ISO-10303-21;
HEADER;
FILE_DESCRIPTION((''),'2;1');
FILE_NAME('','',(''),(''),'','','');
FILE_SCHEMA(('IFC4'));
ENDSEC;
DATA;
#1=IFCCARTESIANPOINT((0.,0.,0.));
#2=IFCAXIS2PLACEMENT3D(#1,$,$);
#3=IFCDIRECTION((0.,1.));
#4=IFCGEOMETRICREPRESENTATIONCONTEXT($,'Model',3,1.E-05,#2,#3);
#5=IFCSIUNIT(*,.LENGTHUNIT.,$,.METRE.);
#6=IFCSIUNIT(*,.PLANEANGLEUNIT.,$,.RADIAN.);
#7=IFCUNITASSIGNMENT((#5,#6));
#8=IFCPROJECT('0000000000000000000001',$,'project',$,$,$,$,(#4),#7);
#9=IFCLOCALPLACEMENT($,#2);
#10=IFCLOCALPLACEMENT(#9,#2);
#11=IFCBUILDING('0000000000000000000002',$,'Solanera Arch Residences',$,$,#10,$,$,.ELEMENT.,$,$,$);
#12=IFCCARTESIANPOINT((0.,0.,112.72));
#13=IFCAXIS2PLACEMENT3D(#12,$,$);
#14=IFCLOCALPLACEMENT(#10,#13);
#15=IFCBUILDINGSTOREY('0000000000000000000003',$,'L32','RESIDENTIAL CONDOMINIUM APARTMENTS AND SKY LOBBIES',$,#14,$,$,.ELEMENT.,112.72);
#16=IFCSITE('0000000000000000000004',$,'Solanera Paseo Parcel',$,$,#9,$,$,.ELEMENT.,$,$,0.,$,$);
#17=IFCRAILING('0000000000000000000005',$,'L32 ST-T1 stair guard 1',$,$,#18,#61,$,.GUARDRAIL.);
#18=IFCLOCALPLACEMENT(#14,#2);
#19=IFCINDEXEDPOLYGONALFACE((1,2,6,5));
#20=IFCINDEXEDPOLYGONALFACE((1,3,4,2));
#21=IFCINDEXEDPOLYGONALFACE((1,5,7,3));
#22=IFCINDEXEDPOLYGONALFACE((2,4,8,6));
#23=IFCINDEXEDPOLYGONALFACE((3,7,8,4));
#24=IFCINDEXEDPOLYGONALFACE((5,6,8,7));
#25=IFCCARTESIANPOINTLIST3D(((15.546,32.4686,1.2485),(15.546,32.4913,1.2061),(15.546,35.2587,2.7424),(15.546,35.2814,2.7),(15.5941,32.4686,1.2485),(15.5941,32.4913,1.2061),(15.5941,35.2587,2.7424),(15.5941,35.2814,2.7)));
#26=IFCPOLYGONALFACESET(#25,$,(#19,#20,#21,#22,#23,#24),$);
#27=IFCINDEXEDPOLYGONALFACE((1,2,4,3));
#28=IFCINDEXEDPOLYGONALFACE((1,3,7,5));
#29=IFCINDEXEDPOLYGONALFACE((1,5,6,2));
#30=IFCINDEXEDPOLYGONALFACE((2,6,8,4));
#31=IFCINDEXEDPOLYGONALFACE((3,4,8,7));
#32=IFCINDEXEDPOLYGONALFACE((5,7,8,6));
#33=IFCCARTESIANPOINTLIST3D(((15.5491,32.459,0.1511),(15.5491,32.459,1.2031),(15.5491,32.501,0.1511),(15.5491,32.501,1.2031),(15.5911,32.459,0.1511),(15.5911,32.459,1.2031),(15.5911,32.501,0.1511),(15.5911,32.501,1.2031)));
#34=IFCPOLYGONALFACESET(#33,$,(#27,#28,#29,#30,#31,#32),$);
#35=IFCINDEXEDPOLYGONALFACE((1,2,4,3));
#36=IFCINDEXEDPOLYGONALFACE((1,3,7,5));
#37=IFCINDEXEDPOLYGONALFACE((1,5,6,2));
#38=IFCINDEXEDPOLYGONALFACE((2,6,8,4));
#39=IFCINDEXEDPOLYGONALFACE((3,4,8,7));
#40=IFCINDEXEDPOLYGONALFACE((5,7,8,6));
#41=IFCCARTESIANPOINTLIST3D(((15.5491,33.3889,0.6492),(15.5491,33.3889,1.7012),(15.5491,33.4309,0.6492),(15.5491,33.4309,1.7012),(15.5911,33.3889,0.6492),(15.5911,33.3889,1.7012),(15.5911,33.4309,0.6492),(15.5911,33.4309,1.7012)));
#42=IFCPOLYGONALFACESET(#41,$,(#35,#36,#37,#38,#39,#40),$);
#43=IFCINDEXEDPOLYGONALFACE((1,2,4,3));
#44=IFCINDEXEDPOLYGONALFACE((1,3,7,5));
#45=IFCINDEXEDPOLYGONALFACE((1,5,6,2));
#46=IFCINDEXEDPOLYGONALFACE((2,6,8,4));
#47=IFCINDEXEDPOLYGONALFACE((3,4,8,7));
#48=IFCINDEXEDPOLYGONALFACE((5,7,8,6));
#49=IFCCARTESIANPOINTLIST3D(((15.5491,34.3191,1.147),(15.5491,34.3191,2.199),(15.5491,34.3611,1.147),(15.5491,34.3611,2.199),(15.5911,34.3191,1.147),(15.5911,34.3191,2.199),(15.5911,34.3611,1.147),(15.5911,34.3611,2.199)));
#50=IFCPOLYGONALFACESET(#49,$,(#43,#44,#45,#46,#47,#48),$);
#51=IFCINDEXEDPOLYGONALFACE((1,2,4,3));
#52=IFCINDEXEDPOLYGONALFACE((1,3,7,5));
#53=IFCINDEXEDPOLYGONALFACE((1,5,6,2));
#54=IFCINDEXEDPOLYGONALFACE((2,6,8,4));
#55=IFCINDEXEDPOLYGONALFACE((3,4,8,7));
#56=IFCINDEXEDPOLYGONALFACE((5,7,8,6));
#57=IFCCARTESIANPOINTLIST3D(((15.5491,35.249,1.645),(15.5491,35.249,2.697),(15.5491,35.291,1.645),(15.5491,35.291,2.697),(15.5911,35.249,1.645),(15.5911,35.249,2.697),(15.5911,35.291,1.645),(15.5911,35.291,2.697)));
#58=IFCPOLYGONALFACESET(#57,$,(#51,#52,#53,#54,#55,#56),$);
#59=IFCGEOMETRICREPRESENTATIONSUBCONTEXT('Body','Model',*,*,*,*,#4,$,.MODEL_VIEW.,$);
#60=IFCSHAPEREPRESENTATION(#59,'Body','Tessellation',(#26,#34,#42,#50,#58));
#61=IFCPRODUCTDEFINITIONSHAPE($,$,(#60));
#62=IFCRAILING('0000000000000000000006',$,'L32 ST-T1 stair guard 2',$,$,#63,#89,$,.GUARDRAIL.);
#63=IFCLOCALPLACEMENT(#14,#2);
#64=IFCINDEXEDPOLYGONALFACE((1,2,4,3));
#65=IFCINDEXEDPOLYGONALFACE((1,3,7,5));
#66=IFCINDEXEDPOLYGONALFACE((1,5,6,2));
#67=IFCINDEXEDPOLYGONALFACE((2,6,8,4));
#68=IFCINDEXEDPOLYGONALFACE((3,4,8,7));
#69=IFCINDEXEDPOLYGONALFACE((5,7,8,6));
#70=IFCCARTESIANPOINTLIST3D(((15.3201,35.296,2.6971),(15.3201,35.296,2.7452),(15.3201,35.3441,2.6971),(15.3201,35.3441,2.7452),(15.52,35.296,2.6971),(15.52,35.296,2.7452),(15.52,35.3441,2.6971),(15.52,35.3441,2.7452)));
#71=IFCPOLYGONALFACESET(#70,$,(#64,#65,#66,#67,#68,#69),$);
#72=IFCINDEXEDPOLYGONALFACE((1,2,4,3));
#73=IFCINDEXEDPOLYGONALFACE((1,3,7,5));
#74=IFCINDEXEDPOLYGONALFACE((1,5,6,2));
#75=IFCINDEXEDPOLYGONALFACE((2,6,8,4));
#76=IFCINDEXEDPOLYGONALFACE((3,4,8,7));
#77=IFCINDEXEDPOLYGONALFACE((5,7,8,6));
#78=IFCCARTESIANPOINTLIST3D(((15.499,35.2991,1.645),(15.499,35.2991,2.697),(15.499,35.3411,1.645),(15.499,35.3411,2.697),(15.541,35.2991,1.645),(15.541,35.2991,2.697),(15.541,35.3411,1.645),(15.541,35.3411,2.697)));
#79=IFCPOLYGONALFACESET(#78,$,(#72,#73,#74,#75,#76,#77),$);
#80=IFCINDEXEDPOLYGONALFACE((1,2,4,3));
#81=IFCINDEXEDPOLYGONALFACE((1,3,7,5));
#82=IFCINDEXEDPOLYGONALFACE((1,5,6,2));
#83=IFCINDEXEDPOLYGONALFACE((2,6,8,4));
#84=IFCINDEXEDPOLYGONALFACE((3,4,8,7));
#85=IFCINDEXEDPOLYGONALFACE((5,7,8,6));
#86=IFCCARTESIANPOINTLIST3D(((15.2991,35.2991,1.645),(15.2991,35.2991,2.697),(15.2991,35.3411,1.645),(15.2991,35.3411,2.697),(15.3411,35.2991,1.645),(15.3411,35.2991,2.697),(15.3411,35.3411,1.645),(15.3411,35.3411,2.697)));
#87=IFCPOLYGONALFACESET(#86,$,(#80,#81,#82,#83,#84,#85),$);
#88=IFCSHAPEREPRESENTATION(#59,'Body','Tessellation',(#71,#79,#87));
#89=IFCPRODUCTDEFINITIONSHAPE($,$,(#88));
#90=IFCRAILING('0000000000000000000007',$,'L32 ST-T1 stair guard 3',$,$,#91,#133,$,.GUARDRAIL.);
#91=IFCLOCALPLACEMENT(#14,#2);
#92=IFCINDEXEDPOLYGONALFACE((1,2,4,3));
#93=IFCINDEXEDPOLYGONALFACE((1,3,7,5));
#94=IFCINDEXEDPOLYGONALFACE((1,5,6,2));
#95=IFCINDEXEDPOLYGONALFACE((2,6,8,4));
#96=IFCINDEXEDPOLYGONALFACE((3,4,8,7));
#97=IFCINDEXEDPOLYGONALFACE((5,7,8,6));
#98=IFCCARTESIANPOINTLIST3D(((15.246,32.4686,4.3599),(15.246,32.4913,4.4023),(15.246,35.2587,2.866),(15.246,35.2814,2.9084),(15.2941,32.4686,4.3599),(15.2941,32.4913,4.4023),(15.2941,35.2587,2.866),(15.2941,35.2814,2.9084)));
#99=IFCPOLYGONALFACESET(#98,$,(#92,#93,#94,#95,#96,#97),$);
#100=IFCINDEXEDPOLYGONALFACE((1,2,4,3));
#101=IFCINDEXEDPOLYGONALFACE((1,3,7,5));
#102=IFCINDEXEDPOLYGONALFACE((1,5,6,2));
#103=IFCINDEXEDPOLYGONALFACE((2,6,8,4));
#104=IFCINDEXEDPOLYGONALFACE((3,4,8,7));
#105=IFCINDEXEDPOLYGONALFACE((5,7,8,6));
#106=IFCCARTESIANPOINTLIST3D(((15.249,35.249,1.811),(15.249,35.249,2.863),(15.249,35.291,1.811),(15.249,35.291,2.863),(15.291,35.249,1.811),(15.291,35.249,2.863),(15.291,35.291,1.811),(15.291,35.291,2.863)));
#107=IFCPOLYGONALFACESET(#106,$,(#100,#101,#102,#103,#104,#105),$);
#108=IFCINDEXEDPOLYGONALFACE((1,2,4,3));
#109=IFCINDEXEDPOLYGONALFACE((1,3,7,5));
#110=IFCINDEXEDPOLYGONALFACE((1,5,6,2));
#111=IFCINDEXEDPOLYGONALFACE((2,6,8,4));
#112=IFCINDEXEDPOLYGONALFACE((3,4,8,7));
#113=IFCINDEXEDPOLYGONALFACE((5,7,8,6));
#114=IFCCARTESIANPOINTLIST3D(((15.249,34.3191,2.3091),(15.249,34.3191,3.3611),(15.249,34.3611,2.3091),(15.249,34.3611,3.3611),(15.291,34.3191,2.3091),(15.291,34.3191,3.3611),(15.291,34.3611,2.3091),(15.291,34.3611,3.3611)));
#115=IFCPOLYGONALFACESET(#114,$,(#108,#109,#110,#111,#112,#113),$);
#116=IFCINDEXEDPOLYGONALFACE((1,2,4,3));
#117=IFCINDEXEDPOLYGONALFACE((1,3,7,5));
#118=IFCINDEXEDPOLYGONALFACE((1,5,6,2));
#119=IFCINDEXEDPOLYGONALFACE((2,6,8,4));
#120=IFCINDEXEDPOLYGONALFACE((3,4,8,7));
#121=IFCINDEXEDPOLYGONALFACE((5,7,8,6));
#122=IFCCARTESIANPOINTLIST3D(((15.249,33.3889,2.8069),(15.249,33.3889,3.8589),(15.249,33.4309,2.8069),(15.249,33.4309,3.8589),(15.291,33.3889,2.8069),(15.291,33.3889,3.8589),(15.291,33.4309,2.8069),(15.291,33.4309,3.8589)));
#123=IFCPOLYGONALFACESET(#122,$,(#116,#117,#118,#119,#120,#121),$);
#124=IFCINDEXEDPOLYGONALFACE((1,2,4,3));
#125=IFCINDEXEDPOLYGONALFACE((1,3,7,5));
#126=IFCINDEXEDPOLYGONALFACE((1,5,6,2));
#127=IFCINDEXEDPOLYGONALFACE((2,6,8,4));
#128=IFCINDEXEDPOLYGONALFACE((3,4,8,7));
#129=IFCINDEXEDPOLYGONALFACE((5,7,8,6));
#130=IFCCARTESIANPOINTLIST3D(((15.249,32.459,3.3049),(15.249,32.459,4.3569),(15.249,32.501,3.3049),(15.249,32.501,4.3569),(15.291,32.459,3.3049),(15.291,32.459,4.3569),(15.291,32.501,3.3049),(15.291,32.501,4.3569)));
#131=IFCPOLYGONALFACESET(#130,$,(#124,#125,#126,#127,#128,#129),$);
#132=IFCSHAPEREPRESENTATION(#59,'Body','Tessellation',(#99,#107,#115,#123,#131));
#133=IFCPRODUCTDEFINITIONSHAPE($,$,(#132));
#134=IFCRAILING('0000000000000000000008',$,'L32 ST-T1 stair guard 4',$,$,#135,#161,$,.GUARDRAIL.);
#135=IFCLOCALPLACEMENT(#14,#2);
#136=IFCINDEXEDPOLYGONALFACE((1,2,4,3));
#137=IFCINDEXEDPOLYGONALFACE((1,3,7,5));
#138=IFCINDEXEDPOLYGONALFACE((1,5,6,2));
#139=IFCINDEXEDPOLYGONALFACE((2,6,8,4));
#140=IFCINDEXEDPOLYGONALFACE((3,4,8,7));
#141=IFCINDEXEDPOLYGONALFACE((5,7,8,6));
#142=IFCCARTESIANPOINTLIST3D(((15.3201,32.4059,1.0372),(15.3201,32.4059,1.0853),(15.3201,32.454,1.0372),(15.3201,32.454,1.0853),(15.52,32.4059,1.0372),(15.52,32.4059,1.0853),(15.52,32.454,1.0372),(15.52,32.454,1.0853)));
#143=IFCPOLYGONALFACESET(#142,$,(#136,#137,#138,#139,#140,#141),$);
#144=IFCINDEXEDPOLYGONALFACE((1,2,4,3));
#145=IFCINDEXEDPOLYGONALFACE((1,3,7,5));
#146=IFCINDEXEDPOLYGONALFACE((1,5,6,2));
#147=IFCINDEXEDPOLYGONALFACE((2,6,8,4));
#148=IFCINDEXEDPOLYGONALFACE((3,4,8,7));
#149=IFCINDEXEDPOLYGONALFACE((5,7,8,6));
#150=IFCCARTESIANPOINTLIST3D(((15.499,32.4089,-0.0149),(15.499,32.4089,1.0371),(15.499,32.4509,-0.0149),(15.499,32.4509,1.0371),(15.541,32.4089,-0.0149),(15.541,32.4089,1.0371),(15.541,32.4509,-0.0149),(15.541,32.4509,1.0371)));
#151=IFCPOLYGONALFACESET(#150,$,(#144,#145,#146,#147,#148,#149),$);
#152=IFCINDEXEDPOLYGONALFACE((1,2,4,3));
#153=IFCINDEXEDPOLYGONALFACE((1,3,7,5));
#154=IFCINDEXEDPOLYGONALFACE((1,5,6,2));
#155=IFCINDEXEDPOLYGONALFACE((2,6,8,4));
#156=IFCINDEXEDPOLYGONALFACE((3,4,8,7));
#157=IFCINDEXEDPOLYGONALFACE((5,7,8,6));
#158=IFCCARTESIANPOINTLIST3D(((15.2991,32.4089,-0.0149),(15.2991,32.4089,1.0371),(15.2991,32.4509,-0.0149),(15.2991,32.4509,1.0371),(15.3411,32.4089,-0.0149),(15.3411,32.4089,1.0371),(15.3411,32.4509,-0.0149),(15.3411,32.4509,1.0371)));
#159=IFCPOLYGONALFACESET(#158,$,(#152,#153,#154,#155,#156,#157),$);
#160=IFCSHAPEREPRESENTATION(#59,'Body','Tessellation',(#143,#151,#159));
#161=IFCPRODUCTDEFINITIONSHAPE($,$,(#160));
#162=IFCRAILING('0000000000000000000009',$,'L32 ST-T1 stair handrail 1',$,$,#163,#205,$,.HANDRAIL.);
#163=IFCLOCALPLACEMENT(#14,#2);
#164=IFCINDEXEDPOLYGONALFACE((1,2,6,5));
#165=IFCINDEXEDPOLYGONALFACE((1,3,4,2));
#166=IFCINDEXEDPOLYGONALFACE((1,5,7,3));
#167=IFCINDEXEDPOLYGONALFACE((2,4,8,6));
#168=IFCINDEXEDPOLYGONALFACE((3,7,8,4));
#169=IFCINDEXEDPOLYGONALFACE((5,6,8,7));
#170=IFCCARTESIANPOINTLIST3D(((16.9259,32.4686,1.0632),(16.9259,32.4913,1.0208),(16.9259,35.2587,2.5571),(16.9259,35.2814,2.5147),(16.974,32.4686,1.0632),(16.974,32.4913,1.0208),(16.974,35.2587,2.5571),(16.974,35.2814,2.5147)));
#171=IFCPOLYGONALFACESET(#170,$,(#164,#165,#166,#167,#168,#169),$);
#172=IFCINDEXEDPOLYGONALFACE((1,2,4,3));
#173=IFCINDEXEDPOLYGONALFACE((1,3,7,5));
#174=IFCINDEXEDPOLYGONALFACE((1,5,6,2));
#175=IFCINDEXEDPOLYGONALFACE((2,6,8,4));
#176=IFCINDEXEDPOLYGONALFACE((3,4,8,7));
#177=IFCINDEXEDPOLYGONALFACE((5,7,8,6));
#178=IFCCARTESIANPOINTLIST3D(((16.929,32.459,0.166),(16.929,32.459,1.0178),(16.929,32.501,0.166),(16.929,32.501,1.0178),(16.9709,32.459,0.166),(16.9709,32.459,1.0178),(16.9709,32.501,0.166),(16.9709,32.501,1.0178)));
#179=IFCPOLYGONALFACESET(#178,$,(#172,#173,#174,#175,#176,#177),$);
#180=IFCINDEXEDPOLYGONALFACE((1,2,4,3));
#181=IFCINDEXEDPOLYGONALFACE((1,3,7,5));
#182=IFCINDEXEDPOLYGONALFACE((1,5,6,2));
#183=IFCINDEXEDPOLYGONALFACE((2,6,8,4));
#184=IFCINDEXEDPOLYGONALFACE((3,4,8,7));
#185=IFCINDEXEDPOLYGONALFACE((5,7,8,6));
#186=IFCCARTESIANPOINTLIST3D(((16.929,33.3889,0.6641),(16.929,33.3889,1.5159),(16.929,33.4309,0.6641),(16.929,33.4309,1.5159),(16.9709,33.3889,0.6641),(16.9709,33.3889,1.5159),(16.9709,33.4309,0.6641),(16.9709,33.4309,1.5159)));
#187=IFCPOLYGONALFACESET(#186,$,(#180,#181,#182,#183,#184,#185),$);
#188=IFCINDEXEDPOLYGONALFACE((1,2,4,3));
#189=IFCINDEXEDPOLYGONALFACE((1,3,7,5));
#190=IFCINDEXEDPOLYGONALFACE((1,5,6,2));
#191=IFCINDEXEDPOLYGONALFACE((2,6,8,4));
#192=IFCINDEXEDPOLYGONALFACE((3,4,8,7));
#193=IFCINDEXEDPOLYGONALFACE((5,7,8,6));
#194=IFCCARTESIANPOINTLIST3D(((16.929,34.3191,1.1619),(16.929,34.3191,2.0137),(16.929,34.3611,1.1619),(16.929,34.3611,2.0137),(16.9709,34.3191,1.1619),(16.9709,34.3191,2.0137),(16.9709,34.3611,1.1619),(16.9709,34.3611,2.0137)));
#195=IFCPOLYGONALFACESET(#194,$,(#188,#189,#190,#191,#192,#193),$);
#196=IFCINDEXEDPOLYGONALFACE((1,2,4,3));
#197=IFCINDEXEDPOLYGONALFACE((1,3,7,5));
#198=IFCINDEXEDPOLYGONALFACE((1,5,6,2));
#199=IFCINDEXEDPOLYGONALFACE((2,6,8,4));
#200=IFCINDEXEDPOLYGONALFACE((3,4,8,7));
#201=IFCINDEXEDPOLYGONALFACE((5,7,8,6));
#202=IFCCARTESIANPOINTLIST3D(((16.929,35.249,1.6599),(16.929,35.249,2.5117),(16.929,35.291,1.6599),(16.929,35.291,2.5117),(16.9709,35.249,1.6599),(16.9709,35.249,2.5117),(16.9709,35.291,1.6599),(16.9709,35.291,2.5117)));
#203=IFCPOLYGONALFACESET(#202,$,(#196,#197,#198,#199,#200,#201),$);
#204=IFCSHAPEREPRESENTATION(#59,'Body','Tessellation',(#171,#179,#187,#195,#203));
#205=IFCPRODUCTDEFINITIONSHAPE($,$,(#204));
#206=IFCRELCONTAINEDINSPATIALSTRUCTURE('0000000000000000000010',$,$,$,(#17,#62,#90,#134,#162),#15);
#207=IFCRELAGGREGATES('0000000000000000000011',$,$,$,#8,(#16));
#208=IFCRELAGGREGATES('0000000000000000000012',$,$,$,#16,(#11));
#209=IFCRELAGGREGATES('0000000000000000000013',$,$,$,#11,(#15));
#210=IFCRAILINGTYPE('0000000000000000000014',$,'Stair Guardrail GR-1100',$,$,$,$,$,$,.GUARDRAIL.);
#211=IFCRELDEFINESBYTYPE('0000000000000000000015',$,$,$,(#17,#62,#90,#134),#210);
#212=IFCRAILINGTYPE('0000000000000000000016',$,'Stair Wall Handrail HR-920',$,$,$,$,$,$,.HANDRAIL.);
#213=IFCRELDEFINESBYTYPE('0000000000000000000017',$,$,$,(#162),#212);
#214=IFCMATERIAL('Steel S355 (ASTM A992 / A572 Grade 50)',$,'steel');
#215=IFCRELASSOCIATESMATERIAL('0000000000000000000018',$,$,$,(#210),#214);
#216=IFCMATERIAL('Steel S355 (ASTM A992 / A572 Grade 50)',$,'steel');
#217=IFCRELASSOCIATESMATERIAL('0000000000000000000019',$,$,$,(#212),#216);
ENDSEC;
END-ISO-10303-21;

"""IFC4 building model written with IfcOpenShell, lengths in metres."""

from ifc_helpers import new_model, si_unit, direction, frame, origin, origin_2d, place, context, subcontext, project, spatial, rectangle, extrude, material, type_object, element, save


model = new_model("IFC4")

# Units and contexts
model_context = context("Model", 3, precision=1e-05, world=origin(), true_north=direction((0.0, 1.0)))
body_context = subcontext(model_context, "Body", "Model", "MODEL_VIEW")
ifc_project = project(units=[si_unit("LENGTHUNIT", "METRE"), si_unit("PLANEANGLEUNIT", "RADIAN")], contexts=[model_context])

# Site, building, storey
site_placement = place(None, origin())
site = spatial("IfcSite", under=ifc_project, at=site_placement, Name="Solanera Paseo Parcel", CompositionType="ELEMENT", RefElevation=0.0)
building_placement = place(site_placement, origin())
building = spatial("IfcBuilding", under=site, at=building_placement, Name="Solanera Arch Residences", CompositionType="ELEMENT")
storey_placement = place(building_placement, frame((0.0, 0.0, 112.72)))
storey = spatial("IfcBuildingStorey", under=building, at=storey_placement, Name="L32", Description="RESIDENTIAL CONDOMINIUM APARTMENTS AND SKY LOBBIES", CompositionType="ELEMENT", Elevation=112.72)

# Railings
ifc_material_1 = material(Name="Steel S355 (ASTM A992 / A572 Grade 50)", Category="steel")
railing_type_1 = type_object("IfcRailingType", Name="Stair Guardrail GR-1100", PredefinedType="GUARDRAIL", material=ifc_material_1)
railing_1_placement = place(storey_placement, frame((15.5701, 32.48, 0.1511)))
element("IfcRailing", 1, at=railing_1_placement, inside=storey, type_object=railing_type_1, Name="L32 ST-T1 stair guard 1", PredefinedType="GUARDRAIL", context=body_context, shape_type="SweptSolid", body=[
    extrude(rectangle(XDim=0.0481, YDim=0.0481, at=origin_2d()), frame((0.0, 0.0, 1.0762), z_axis=(0.0, 0.881581, 0.472033), x_axis=(-1.0, 0.0, 0.0)), (0.0, 0.0, 1.0), 3.1648),
    extrude(rectangle(XDim=0.042, YDim=0.042, at=origin_2d()), origin(), (0.0, 0.0, 1.0), 1.052),
    extrude(rectangle(XDim=0.042, YDim=0.042, at=origin_2d()), frame((0.0, 0.9299, 0.498)), (0.0, 0.0, 1.0), 1.052),
    extrude(rectangle(XDim=0.042, YDim=0.042, at=origin_2d()), frame((0.0, 1.8601, 0.9958)), (0.0, 0.0, 1.0), 1.052),
    extrude(rectangle(XDim=0.042, YDim=0.042, at=origin_2d()), frame((0.0, 2.79, 1.4939)), (0.0, 0.0, 1.0), 1.052),
])
railing_2_placement = place(storey_placement, frame((15.52, 35.3201, 1.645)))
element("IfcRailing", 2, at=railing_2_placement, inside=storey, type_object=railing_type_1, Name="L32 ST-T1 stair guard 2", PredefinedType="GUARDRAIL", context=body_context, shape_type="SweptSolid", body=[
    extrude(rectangle(XDim=0.0481, YDim=0.0481, at=origin_2d()), frame((0.0, 0.0, 1.0762), z_axis=(-1.0, 0.0, 0.0), x_axis=(0.0, -1.0, 0.0)), (0.0, 0.0, 1.0), 0.2),
    extrude(rectangle(XDim=0.042, YDim=0.042, at=origin_2d()), origin(), (0.0, 0.0, 1.0), 1.052),
    extrude(rectangle(XDim=0.042, YDim=0.042, at=origin_2d()), frame((-0.2, 0.0, 0.0)), (0.0, 0.0, 1.0), 1.052),
])
railing_3_placement = place(storey_placement, frame((15.27, 35.27, 1.811)))
element("IfcRailing", 3, at=railing_3_placement, inside=storey, type_object=railing_type_1, Name="L32 ST-T1 stair guard 3", PredefinedType="GUARDRAIL", context=body_context, shape_type="SweptSolid", body=[
    extrude(rectangle(XDim=0.0481, YDim=0.0481, at=origin_2d()), frame((0.0, 0.0, 1.0762), z_axis=(0.0, -0.881581, 0.472033), x_axis=(1.0, 0.0, 0.0)), (0.0, 0.0, 1.0), 3.1648),
    extrude(rectangle(XDim=0.042, YDim=0.042, at=origin_2d()), origin(), (0.0, 0.0, 1.0), 1.052),
    extrude(rectangle(XDim=0.042, YDim=0.042, at=origin_2d()), frame((0.0, -0.9299, 0.498)), (0.0, 0.0, 1.0), 1.052),
    extrude(rectangle(XDim=0.042, YDim=0.042, at=origin_2d()), frame((0.0, -1.8601, 0.9958)), (0.0, 0.0, 1.0), 1.052),
    extrude(rectangle(XDim=0.042, YDim=0.042, at=origin_2d()), frame((0.0, -2.79, 1.4939)), (0.0, 0.0, 1.0), 1.052),
])
railing_4_placement = place(storey_placement, frame((15.52, 32.4299, -0.0149)))
element("IfcRailing", 4, at=railing_4_placement, inside=storey, type_object=railing_type_1, Name="L32 ST-T1 stair guard 4", PredefinedType="GUARDRAIL", context=body_context, shape_type="SweptSolid", body=[
    extrude(rectangle(XDim=0.0481, YDim=0.0481, at=origin_2d()), frame((0.0, 0.0, 1.0762), z_axis=(-1.0, 0.0, 0.0), x_axis=(0.0, -1.0, 0.0)), (0.0, 0.0, 1.0), 0.2),
    extrude(rectangle(XDim=0.042, YDim=0.042, at=origin_2d()), origin(), (0.0, 0.0, 1.0), 1.052),
    extrude(rectangle(XDim=0.042, YDim=0.042, at=origin_2d()), frame((-0.2, 0.0, 0.0)), (0.0, 0.0, 1.0), 1.052),
])
ifc_material_2 = material(Name="Steel S355 (ASTM A992 / A572 Grade 50)", Category="steel")
railing_type_2 = type_object("IfcRailingType", Name="Stair Wall Handrail HR-920", PredefinedType="HANDRAIL", material=ifc_material_2)
railing_5_placement = place(storey_placement, frame((16.95, 32.48, 0.166)))
element("IfcRailing", 5, at=railing_5_placement, inside=storey, type_object=railing_type_2, Name="L32 ST-T1 stair handrail 1", PredefinedType="HANDRAIL", context=body_context, shape_type="SweptSolid", body=[
    extrude(rectangle(XDim=0.0481, YDim=0.0481, at=origin_2d()), frame((0.0, 0.0, 0.876), z_axis=(0.0, 0.881581, 0.472033), x_axis=(-1.0, 0.0, 0.0)), (0.0, 0.0, 1.0), 3.1648),
    extrude(rectangle(XDim=0.042, YDim=0.042, at=origin_2d()), origin(), (0.0, 0.0, 1.0), 0.8518),
    extrude(rectangle(XDim=0.042, YDim=0.042, at=origin_2d()), frame((0.0, 0.9299, 0.498)), (0.0, 0.0, 1.0), 0.8518),
    extrude(rectangle(XDim=0.042, YDim=0.042, at=origin_2d()), frame((0.0, 1.8601, 0.9958)), (0.0, 0.0, 1.0), 0.8518),
    extrude(rectangle(XDim=0.042, YDim=0.042, at=origin_2d()), frame((0.0, 2.79, 1.4939)), (0.0, 0.0, 1.0), 0.8518),
])

save(model, "model.ifc")
